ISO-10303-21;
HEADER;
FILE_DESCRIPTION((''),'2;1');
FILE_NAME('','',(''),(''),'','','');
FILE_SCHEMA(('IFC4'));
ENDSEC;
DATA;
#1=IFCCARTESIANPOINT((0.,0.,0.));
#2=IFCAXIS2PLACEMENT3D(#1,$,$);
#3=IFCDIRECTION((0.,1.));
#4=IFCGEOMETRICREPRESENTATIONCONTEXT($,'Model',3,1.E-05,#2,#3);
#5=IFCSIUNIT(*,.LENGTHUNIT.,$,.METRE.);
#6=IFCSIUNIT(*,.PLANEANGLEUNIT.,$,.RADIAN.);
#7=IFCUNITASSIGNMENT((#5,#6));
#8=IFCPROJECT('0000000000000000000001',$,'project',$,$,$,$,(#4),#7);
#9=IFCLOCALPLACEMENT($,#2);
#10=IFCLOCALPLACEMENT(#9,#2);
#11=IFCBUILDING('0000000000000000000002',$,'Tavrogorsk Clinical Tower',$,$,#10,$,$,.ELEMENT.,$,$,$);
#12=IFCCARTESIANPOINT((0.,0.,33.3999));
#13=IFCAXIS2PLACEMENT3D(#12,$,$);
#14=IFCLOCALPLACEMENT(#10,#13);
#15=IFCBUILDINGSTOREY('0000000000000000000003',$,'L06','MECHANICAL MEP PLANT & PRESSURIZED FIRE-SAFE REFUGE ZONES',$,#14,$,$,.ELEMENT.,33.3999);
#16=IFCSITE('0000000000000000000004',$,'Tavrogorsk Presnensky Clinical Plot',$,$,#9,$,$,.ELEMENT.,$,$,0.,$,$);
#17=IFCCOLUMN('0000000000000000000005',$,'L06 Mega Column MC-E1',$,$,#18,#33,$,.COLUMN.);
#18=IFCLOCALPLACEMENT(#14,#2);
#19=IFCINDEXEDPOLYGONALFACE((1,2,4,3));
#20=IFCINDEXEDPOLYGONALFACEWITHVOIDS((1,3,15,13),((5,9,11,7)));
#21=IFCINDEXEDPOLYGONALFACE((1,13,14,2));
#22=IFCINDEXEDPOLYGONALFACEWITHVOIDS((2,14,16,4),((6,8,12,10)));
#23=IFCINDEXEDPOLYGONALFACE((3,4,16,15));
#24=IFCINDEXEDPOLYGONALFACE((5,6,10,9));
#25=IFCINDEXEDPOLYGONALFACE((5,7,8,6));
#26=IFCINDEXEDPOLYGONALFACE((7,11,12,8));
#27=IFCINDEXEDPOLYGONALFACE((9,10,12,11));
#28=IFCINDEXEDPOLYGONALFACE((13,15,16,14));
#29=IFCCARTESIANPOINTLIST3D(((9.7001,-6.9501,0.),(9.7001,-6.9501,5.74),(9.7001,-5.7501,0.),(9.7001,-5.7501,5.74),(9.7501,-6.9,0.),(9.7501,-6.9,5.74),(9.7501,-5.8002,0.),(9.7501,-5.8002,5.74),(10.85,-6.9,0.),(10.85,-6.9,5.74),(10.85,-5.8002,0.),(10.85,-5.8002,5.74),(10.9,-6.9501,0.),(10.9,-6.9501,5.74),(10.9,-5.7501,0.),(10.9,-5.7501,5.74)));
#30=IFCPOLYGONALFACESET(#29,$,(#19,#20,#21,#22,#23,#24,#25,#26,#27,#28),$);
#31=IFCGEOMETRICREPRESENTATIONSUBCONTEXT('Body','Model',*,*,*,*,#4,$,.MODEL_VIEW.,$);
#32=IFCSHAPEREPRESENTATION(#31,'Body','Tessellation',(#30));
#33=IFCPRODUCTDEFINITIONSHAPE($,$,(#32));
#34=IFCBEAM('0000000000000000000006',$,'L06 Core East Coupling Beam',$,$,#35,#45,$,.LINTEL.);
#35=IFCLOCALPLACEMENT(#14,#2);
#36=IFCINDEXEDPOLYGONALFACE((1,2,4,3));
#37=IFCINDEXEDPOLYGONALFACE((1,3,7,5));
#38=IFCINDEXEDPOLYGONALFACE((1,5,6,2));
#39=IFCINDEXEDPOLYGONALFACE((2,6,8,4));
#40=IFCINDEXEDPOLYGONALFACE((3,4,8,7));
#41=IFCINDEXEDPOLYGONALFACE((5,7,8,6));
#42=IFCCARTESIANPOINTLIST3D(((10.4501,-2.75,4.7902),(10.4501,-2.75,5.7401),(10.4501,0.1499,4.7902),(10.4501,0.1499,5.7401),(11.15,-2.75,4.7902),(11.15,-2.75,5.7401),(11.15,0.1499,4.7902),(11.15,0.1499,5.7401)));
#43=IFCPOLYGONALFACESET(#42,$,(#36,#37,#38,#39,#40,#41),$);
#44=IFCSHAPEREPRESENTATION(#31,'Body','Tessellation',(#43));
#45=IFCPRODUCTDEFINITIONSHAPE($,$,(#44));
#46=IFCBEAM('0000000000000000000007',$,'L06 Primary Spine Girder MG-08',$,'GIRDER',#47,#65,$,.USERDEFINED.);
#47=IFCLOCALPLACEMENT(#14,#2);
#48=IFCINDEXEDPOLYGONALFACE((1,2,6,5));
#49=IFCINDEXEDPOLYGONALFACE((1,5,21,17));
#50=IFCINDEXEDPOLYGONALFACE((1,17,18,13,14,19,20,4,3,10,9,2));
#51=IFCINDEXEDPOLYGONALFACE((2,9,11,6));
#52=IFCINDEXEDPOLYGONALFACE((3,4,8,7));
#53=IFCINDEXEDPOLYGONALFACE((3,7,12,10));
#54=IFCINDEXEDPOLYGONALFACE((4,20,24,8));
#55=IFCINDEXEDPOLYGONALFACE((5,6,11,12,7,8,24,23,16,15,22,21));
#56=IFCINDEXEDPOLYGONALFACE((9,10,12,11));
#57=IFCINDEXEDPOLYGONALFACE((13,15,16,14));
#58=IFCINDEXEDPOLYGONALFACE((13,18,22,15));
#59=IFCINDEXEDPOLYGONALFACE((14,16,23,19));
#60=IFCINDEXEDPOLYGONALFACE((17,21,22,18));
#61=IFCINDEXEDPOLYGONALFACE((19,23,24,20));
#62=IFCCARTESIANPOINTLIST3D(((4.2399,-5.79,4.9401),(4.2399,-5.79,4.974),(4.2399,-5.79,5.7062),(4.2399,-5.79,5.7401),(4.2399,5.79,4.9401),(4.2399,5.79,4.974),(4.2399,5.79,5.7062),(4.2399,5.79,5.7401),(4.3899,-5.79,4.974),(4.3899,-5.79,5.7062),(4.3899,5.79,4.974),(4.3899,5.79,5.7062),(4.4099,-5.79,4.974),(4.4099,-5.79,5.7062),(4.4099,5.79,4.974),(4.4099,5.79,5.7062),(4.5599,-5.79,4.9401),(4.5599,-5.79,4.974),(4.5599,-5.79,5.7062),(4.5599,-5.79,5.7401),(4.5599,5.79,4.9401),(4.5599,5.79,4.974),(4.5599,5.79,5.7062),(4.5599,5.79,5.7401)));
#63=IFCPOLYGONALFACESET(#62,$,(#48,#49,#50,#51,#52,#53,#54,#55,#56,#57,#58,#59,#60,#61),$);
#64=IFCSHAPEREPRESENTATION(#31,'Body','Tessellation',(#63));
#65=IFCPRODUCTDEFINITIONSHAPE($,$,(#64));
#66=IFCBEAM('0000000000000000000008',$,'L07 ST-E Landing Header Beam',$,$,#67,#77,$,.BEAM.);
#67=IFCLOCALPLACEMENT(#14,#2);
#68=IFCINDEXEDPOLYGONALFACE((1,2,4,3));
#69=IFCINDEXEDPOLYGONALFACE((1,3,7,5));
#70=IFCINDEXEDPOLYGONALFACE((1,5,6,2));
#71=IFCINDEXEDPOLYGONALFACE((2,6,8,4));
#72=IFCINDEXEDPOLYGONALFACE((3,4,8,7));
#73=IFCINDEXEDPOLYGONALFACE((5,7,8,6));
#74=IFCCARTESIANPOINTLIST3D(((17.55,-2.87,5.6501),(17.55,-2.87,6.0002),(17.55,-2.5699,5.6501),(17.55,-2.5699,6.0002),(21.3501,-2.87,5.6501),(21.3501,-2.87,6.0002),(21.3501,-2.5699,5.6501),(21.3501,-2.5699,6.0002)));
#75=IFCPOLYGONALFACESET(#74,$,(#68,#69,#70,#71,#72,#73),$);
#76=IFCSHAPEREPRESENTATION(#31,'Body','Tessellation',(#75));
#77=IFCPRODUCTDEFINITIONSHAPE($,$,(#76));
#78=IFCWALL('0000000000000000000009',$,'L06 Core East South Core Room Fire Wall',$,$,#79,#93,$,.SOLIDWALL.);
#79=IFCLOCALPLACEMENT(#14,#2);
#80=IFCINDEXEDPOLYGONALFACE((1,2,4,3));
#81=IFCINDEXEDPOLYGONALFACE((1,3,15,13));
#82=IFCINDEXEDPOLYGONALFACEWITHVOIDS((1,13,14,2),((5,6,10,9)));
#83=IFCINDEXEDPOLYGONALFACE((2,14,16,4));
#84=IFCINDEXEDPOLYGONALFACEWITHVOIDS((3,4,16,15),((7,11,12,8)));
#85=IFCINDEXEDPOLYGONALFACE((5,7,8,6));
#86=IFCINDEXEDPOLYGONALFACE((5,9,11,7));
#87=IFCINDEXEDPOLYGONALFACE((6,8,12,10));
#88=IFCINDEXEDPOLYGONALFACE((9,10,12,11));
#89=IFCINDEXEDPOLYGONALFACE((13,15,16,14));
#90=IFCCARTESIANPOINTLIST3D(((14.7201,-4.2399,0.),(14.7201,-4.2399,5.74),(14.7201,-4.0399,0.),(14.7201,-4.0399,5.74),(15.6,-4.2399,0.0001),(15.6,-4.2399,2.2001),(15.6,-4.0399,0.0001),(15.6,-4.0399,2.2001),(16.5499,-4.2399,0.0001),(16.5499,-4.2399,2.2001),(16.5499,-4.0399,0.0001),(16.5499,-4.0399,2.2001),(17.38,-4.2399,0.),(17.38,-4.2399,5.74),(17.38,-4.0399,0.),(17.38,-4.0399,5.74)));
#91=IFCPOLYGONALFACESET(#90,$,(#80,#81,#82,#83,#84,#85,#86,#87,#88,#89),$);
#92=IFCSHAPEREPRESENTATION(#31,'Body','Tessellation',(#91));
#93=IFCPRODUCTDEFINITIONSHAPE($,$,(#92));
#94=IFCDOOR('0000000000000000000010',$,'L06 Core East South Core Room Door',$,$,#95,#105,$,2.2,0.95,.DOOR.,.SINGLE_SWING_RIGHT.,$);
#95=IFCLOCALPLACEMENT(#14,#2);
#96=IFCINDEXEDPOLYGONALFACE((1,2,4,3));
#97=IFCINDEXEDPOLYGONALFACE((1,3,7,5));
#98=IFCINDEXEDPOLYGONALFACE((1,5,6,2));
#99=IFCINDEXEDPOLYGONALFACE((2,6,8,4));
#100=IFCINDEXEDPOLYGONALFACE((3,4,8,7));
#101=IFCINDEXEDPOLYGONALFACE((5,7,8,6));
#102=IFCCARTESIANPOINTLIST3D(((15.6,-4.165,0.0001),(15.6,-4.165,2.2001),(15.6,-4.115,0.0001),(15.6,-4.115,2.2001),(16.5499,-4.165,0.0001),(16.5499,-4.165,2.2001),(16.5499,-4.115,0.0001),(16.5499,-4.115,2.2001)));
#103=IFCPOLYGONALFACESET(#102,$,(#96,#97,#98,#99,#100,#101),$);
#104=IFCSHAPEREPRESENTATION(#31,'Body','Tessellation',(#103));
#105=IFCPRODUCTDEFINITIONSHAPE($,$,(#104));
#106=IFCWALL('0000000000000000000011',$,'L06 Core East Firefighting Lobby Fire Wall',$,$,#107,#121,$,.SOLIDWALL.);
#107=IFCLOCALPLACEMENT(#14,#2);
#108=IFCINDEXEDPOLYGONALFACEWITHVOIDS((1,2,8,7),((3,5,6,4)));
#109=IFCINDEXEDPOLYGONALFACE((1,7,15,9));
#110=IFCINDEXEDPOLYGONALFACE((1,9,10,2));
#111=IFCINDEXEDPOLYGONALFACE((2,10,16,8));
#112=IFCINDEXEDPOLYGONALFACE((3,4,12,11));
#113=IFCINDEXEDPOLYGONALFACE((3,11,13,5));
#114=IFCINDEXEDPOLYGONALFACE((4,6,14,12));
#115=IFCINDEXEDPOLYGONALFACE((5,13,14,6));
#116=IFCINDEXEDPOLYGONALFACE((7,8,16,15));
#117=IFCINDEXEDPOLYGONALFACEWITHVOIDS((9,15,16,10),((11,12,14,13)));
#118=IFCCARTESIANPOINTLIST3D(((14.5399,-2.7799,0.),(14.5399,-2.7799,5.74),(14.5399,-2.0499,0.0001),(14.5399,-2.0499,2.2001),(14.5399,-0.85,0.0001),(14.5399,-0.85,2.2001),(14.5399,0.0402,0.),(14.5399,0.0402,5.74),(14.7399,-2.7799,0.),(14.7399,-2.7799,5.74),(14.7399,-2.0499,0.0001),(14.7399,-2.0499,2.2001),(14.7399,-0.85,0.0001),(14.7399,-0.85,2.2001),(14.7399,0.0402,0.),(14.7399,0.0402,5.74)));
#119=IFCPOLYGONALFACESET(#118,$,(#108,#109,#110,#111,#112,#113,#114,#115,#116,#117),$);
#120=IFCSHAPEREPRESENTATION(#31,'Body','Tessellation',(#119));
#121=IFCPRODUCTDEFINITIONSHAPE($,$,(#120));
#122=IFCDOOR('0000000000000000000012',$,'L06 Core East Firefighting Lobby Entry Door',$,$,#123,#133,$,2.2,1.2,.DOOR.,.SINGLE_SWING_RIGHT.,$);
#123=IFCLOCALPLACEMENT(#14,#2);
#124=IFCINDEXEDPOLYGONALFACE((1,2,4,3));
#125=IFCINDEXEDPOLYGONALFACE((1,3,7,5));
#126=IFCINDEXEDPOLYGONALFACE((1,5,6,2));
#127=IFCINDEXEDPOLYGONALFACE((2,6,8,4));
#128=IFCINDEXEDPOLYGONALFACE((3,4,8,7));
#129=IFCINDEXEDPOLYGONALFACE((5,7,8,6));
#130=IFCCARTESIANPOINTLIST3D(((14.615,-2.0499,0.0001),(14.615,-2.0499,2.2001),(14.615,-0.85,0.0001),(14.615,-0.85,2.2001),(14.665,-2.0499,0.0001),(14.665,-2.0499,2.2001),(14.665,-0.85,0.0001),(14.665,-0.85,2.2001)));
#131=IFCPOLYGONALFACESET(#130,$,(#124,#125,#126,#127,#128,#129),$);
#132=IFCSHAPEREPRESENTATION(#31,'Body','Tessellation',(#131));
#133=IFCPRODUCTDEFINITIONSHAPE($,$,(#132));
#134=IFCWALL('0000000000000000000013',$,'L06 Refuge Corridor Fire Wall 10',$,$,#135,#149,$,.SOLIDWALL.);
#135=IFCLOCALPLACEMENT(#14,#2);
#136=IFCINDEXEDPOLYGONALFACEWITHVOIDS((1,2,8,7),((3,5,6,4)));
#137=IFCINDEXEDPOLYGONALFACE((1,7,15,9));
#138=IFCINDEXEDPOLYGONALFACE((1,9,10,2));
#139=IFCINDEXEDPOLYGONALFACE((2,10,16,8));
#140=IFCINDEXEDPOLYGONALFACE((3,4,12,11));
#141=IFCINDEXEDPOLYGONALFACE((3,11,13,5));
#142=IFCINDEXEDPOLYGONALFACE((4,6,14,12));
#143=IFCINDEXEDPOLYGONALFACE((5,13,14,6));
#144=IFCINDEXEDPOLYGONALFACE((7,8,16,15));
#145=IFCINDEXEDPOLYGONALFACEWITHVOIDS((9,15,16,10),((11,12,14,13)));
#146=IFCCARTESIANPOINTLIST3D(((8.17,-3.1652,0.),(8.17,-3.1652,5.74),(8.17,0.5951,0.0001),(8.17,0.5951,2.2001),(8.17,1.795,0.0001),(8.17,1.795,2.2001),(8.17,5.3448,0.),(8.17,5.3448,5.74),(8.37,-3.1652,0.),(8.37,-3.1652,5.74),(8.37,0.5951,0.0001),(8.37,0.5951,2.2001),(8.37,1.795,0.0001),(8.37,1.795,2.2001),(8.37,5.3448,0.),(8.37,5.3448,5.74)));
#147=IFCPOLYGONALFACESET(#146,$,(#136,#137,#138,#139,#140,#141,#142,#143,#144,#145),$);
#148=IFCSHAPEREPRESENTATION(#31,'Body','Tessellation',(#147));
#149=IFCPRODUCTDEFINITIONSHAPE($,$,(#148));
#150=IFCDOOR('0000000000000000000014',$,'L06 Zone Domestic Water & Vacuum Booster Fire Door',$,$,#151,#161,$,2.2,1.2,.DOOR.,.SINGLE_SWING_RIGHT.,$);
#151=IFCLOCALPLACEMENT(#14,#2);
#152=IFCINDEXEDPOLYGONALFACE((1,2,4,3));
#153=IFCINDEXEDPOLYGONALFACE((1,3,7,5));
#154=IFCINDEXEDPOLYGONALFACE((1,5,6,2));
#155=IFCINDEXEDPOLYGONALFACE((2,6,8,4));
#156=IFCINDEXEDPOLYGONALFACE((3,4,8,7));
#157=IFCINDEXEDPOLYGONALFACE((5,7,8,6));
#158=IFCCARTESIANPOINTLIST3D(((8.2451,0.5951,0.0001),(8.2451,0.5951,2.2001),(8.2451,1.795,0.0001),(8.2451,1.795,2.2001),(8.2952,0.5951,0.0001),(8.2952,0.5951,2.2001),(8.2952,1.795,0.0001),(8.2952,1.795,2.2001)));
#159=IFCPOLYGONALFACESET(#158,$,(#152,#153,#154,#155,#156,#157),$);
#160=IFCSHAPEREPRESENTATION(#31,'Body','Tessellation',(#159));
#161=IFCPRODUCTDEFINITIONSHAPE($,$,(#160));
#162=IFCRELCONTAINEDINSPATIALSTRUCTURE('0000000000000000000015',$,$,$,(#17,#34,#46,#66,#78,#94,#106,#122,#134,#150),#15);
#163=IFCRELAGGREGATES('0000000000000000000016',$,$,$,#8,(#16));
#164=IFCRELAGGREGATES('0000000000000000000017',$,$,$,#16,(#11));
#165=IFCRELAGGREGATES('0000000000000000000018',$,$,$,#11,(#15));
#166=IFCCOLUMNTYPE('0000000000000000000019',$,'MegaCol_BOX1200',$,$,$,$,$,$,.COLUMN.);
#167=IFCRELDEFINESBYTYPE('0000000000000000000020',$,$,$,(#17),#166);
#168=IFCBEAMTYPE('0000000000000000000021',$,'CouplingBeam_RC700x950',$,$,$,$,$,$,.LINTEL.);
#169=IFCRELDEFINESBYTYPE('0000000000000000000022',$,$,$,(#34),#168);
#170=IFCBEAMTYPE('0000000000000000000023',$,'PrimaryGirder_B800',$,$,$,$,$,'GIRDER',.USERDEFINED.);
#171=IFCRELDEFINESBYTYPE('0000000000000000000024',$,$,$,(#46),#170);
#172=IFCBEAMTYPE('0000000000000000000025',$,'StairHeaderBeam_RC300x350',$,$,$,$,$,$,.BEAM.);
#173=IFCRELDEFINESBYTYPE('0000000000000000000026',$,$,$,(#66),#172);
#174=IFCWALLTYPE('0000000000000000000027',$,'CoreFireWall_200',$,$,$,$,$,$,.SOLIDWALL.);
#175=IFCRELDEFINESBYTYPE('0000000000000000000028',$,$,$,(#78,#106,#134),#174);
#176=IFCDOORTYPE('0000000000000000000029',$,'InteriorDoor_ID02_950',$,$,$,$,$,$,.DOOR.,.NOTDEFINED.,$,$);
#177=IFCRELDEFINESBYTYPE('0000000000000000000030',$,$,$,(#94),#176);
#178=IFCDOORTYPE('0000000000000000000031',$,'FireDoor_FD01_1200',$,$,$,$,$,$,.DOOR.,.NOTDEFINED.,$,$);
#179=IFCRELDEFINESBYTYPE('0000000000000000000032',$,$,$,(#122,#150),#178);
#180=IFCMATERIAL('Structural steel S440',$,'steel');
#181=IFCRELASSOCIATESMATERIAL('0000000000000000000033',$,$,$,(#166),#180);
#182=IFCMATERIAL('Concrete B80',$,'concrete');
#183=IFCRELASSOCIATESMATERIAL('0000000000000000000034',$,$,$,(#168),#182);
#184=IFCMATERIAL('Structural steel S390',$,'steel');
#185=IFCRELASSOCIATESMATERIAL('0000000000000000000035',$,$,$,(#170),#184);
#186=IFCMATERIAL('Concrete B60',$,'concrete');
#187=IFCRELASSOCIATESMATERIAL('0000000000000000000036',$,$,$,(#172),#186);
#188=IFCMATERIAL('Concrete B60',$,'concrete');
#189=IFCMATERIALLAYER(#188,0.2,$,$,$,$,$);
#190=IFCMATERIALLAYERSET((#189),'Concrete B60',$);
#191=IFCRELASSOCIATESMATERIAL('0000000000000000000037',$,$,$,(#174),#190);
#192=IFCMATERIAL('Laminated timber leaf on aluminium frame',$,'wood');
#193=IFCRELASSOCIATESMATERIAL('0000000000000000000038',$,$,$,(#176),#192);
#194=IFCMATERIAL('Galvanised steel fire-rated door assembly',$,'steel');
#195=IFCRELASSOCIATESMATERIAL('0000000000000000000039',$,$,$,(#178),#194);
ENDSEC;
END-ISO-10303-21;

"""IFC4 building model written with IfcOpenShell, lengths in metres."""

from ifc_helpers import new_model, si_unit, direction, frame, frame_2d, origin, origin_2d, place, context, subcontext, project, spatial, rectangle, hollow_rectangle, i_section, extrude, material, layer, layer_set, material_profile, profile_set, type_object, element, fill, save


model = new_model("IFC4")

# Units and contexts
model_context = context("Model", 3, precision=1e-05, world=origin(), true_north=direction((0.0, 1.0)))
body_context = subcontext(model_context, "Body", "Model", "MODEL_VIEW")
ifc_project = project(units=[si_unit("LENGTHUNIT", "METRE"), si_unit("PLANEANGLEUNIT", "RADIAN")], contexts=[model_context])

# Site, building, storey
site_placement = place(None, origin())
site = spatial("IfcSite", under=ifc_project, at=site_placement, Name="Tavrogorsk Presnensky Clinical Plot", CompositionType="ELEMENT", RefElevation=0.0)
building_placement = place(site_placement, origin())
building = spatial("IfcBuilding", under=site, at=building_placement, Name="Tavrogorsk Clinical Tower", CompositionType="ELEMENT")
storey_placement = place(building_placement, frame((0.0, 0.0, 33.3999)))
storey = spatial("IfcBuildingStorey", under=building, at=storey_placement, Name="L06", Description="MECHANICAL MEP PLANT & PRESSURIZED FIRE-SAFE REFUGE ZONES", CompositionType="ELEMENT", Elevation=33.3999)

# Column
ifc_material_1 = material(Name="Structural steel S440", Category="steel")
ifc_material_profile_1 = material_profile(ifc_material_1, hollow_rectangle(XDim=1.2, YDim=1.2, WallThickness=0.05, at=origin_2d()), Name="BOX-1200x1200x50")
ifc_profile_set_1 = profile_set([ifc_material_profile_1], Name="Structural steel S440")
column_type = type_object("IfcColumnType", Name="MegaCol_BOX1200", PredefinedType="COLUMN", material=ifc_profile_set_1)
column_placement = place(storey_placement, frame((10.3, -6.3501, 0.0), z_axis=(0.0, 0.0, 1.0), x_axis=(1.0, 0.0, 0.0)))
element("IfcColumn", 1, at=column_placement, inside=storey, type_object=column_type, Name="L06 Mega Column MC-E1", PredefinedType="COLUMN", context=body_context, shape_type="SweptSolid", body=[
    extrude(hollow_rectangle(XDim=1.2, YDim=1.2, WallThickness=0.05, at=origin_2d()), origin(), (0.0, 0.0, 1.0), 5.74),
])

# Beams
ifc_material_2 = material(Name="Concrete B80", Category="concrete")
ifc_material_profile_2 = material_profile(ifc_material_2, rectangle(XDim=0.7, YDim=0.95, at=origin_2d()), Name="RC-CB-700x950")
ifc_profile_set_2 = profile_set([ifc_material_profile_2], Name="Concrete B80")
beam_type_1 = type_object("IfcBeamType", Name="CouplingBeam_RC700x950", PredefinedType="LINTEL", material=ifc_profile_set_2)
beam_1_placement = place(storey_placement, frame((10.8, -2.75, 5.2651), z_axis=(0.0, 1.0, 0.0), x_axis=(-1.0, 0.0, 0.0)))
element("IfcBeam", 2, at=beam_1_placement, inside=storey, type_object=beam_type_1, Name="L06 Core East Coupling Beam", PredefinedType="LINTEL", context=body_context, shape_type="SweptSolid", body=[
    extrude(rectangle(XDim=0.7, YDim=0.95, at=origin_2d()), origin(), (0.0, 0.0, 1.0), 2.8999),
])
ifc_material_3 = material(Name="Structural steel S390", Category="steel")
ifc_material_profile_3 = material_profile(ifc_material_3, i_section(OverallWidth=0.3201, OverallDepth=0.8, WebThickness=0.02, FlangeThickness=0.0339, at=origin_2d()), Name="B-800x320x20x34")
ifc_profile_set_3 = profile_set([ifc_material_profile_3], Name="Structural steel S390")
beam_type_2 = type_object("IfcBeamType", Name="PrimaryGirder_B800", ElementType="GIRDER", PredefinedType="USERDEFINED", material=ifc_profile_set_3)
beam_2_placement = place(storey_placement, frame((4.3999, -5.79, 5.3401), z_axis=(0.0, 1.0, 0.0), x_axis=(-1.0, 0.0, 0.0)))
element("IfcBeam", 3, at=beam_2_placement, inside=storey, type_object=beam_type_2, Name="L06 Primary Spine Girder MG-08", ObjectType="GIRDER", PredefinedType="USERDEFINED", context=body_context, shape_type="SweptSolid", body=[
    extrude(i_section(OverallWidth=0.3201, OverallDepth=0.8, WebThickness=0.02, FlangeThickness=0.0339, at=origin_2d()), origin(), (0.0, 0.0, 1.0), 11.5801),
])
ifc_material_4 = material(Name="Concrete B60", Category="concrete")
ifc_material_profile_4 = material_profile(ifc_material_4, rectangle(XDim=0.3, YDim=0.3501, at=origin_2d()), Name="RC-SHB-300x350")
ifc_profile_set_4 = profile_set([ifc_material_profile_4], Name="Concrete B60")
beam_type_3 = type_object("IfcBeamType", Name="StairHeaderBeam_RC300x350", PredefinedType="BEAM", material=ifc_profile_set_4)
beam_3_placement = place(storey_placement, frame((17.55, -2.72, 5.8252), z_axis=(1.0, 0.0, 0.0), x_axis=(0.0, 1.0, 0.0)))
element("IfcBeam", 4, at=beam_3_placement, inside=storey, type_object=beam_type_3, Name="L07 ST-E Landing Header Beam", PredefinedType="BEAM", context=body_context, shape_type="SweptSolid", body=[
    extrude(rectangle(XDim=0.3, YDim=0.3501, at=origin_2d()), origin(), (0.0, 0.0, 1.0), 3.8),
])

# Walls, openings, doors
ifc_material_5 = material(Name="Concrete B60", Category="concrete")
ifc_layer_1 = layer(ifc_material_5, 0.2)
ifc_layer_set_1 = layer_set([ifc_layer_1], Name="Concrete B60")
wall_type_1 = type_object("IfcWallType", Name="CoreFireWall_200", PredefinedType="SOLIDWALL", material=ifc_layer_set_1)
wall_1_placement = place(storey_placement, frame((14.72, -4.1399, 0.0), z_axis=(0.0, 0.0, 1.0), x_axis=(1.0, 0.0, 0.0)))
wall_1 = element("IfcWall", 5, at=wall_1_placement, inside=storey, type_object=wall_type_1, Name="L06 Core East South Core Room Fire Wall", PredefinedType="SOLIDWALL", context=body_context, shape_type="SweptSolid", body=[
    extrude(rectangle(XDim=2.6599, YDim=0.2, at=frame_2d((1.3301, 0.0))), origin(), (0.0, 0.0, 1.0), 5.74),
])
opening_1_placement = place(wall_1_placement, frame((0.8799, 0.0, 0.0)))
opening_1 = element("IfcOpeningElement", 6, at=opening_1_placement, cuts=wall_1, PredefinedType="OPENING", context=body_context, shape_type="SweptSolid", body=[
    extrude(rectangle(XDim=0.95, YDim=2.2, at=frame_2d((0.4751, 1.1001))), frame((0.0, 0.1099, 0.0), z_axis=(0.0, -1.0, 0.0), x_axis=(1.0, 0.0, 0.0)), (0.0, 0.0, 1.0), 0.22),
])
ifc_material_6 = material(Name="Laminated timber leaf on aluminium frame", Category="wood")
door_type_1 = type_object("IfcDoorType", Name="InteriorDoor_ID02_950", OperationType="NOTDEFINED", PredefinedType="DOOR", material=ifc_material_6)
door_1_placement = place(opening_1_placement, origin())
door_1 = element("IfcDoor", 7, at=door_1_placement, inside=storey, type_object=door_type_1, Name="L06 Core East South Core Room Door", OperationType="SINGLE_SWING_RIGHT", OverallHeight=2.2, OverallWidth=0.95, PredefinedType="DOOR", context=body_context, shape_type="SweptSolid", body=[
    extrude(rectangle(XDim=0.95, YDim=2.2, at=frame_2d((0.4751, 1.1001))), frame((0.0, 0.0249, 0.0), z_axis=(0.0, -1.0, 0.0), x_axis=(1.0, 0.0, 0.0)), (0.0, 0.0, 1.0), 0.05),
])
fill(opening_1, door_1)
wall_2_placement = place(storey_placement, frame((14.6399, -2.78, 0.0), z_axis=(0.0, 0.0, 1.0), x_axis=(0.0, 1.0, 0.0)))
wall_2 = element("IfcWall", 8, at=wall_2_placement, inside=storey, type_object=wall_type_1, Name="L06 Core East Firefighting Lobby Fire Wall", PredefinedType="SOLIDWALL", context=body_context, shape_type="SweptSolid", body=[
    extrude(rectangle(XDim=2.8201, YDim=0.2, at=frame_2d((1.4102, 0.0))), origin(), (0.0, 0.0, 1.0), 5.74),
])
opening_2_placement = place(wall_2_placement, frame((0.73, 0.0, 0.0)))
opening_2 = element("IfcOpeningElement", 9, at=opening_2_placement, cuts=wall_2, PredefinedType="OPENING", context=body_context, shape_type="SweptSolid", body=[
    extrude(rectangle(XDim=1.2, YDim=2.2, at=frame_2d((0.6001, 1.1001))), frame((0.0, 0.1099, 0.0), z_axis=(0.0, -1.0, 0.0), x_axis=(1.0, 0.0, 0.0)), (0.0, 0.0, 1.0), 0.22),
])
ifc_material_7 = material(Name="Galvanised steel fire-rated door assembly", Category="steel")
door_type_2 = type_object("IfcDoorType", Name="FireDoor_FD01_1200", OperationType="NOTDEFINED", PredefinedType="DOOR", material=ifc_material_7)
door_2_placement = place(opening_2_placement, origin())
door_2 = element("IfcDoor", 10, at=door_2_placement, inside=storey, type_object=door_type_2, Name="L06 Core East Firefighting Lobby Entry Door", OperationType="SINGLE_SWING_RIGHT", OverallHeight=2.2, OverallWidth=1.2, PredefinedType="DOOR", context=body_context, shape_type="SweptSolid", body=[
    extrude(rectangle(XDim=1.2, YDim=2.2, at=frame_2d((0.6001, 1.1001))), frame((0.0, 0.0249, 0.0), z_axis=(0.0, -1.0, 0.0), x_axis=(1.0, 0.0, 0.0)), (0.0, 0.0, 1.0), 0.05),
])
fill(opening_2, door_2)
wall_3_placement = place(storey_placement, frame((8.27, -3.165, 0.0), z_axis=(0.0, 0.0, 1.0), x_axis=(0.0, 1.0, 0.0)))
wall_3 = element("IfcWall", 11, at=wall_3_placement, inside=storey, type_object=wall_type_1, Name="L06 Refuge Corridor Fire Wall 10", PredefinedType="SOLIDWALL", context=body_context, shape_type="SweptSolid", body=[
    extrude(rectangle(XDim=8.51, YDim=0.2, at=frame_2d((4.2549, 0.0))), origin(), (0.0, 0.0, 1.0), 5.74),
])
opening_3_placement = place(wall_3_placement, frame((3.76, 0.0, 0.0)))
opening_3 = element("IfcOpeningElement", 12, at=opening_3_placement, cuts=wall_3, PredefinedType="OPENING", context=body_context, shape_type="SweptSolid", body=[
    extrude(rectangle(XDim=1.2, YDim=2.2, at=frame_2d((0.6001, 1.1001))), frame((0.0, 0.1099, 0.0), z_axis=(0.0, -1.0, 0.0), x_axis=(1.0, 0.0, 0.0)), (0.0, 0.0, 1.0), 0.22),
])
door_3_placement = place(opening_3_placement, origin())
door_3 = element("IfcDoor", 13, at=door_3_placement, inside=storey, type_object=door_type_2, Name="L06 Zone Domestic Water & Vacuum Booster Fire Door", OperationType="SINGLE_SWING_RIGHT", OverallHeight=2.2, OverallWidth=1.2, PredefinedType="DOOR", context=body_context, shape_type="SweptSolid", body=[
    extrude(rectangle(XDim=1.2, YDim=2.2, at=frame_2d((0.6001, 1.1001))), frame((0.0, 0.0249, 0.0), z_axis=(0.0, -1.0, 0.0), x_axis=(1.0, 0.0, 0.0)), (0.0, 0.0, 1.0), 0.05),
])
fill(opening_3, door_3)

save(model, "model.ifc")
